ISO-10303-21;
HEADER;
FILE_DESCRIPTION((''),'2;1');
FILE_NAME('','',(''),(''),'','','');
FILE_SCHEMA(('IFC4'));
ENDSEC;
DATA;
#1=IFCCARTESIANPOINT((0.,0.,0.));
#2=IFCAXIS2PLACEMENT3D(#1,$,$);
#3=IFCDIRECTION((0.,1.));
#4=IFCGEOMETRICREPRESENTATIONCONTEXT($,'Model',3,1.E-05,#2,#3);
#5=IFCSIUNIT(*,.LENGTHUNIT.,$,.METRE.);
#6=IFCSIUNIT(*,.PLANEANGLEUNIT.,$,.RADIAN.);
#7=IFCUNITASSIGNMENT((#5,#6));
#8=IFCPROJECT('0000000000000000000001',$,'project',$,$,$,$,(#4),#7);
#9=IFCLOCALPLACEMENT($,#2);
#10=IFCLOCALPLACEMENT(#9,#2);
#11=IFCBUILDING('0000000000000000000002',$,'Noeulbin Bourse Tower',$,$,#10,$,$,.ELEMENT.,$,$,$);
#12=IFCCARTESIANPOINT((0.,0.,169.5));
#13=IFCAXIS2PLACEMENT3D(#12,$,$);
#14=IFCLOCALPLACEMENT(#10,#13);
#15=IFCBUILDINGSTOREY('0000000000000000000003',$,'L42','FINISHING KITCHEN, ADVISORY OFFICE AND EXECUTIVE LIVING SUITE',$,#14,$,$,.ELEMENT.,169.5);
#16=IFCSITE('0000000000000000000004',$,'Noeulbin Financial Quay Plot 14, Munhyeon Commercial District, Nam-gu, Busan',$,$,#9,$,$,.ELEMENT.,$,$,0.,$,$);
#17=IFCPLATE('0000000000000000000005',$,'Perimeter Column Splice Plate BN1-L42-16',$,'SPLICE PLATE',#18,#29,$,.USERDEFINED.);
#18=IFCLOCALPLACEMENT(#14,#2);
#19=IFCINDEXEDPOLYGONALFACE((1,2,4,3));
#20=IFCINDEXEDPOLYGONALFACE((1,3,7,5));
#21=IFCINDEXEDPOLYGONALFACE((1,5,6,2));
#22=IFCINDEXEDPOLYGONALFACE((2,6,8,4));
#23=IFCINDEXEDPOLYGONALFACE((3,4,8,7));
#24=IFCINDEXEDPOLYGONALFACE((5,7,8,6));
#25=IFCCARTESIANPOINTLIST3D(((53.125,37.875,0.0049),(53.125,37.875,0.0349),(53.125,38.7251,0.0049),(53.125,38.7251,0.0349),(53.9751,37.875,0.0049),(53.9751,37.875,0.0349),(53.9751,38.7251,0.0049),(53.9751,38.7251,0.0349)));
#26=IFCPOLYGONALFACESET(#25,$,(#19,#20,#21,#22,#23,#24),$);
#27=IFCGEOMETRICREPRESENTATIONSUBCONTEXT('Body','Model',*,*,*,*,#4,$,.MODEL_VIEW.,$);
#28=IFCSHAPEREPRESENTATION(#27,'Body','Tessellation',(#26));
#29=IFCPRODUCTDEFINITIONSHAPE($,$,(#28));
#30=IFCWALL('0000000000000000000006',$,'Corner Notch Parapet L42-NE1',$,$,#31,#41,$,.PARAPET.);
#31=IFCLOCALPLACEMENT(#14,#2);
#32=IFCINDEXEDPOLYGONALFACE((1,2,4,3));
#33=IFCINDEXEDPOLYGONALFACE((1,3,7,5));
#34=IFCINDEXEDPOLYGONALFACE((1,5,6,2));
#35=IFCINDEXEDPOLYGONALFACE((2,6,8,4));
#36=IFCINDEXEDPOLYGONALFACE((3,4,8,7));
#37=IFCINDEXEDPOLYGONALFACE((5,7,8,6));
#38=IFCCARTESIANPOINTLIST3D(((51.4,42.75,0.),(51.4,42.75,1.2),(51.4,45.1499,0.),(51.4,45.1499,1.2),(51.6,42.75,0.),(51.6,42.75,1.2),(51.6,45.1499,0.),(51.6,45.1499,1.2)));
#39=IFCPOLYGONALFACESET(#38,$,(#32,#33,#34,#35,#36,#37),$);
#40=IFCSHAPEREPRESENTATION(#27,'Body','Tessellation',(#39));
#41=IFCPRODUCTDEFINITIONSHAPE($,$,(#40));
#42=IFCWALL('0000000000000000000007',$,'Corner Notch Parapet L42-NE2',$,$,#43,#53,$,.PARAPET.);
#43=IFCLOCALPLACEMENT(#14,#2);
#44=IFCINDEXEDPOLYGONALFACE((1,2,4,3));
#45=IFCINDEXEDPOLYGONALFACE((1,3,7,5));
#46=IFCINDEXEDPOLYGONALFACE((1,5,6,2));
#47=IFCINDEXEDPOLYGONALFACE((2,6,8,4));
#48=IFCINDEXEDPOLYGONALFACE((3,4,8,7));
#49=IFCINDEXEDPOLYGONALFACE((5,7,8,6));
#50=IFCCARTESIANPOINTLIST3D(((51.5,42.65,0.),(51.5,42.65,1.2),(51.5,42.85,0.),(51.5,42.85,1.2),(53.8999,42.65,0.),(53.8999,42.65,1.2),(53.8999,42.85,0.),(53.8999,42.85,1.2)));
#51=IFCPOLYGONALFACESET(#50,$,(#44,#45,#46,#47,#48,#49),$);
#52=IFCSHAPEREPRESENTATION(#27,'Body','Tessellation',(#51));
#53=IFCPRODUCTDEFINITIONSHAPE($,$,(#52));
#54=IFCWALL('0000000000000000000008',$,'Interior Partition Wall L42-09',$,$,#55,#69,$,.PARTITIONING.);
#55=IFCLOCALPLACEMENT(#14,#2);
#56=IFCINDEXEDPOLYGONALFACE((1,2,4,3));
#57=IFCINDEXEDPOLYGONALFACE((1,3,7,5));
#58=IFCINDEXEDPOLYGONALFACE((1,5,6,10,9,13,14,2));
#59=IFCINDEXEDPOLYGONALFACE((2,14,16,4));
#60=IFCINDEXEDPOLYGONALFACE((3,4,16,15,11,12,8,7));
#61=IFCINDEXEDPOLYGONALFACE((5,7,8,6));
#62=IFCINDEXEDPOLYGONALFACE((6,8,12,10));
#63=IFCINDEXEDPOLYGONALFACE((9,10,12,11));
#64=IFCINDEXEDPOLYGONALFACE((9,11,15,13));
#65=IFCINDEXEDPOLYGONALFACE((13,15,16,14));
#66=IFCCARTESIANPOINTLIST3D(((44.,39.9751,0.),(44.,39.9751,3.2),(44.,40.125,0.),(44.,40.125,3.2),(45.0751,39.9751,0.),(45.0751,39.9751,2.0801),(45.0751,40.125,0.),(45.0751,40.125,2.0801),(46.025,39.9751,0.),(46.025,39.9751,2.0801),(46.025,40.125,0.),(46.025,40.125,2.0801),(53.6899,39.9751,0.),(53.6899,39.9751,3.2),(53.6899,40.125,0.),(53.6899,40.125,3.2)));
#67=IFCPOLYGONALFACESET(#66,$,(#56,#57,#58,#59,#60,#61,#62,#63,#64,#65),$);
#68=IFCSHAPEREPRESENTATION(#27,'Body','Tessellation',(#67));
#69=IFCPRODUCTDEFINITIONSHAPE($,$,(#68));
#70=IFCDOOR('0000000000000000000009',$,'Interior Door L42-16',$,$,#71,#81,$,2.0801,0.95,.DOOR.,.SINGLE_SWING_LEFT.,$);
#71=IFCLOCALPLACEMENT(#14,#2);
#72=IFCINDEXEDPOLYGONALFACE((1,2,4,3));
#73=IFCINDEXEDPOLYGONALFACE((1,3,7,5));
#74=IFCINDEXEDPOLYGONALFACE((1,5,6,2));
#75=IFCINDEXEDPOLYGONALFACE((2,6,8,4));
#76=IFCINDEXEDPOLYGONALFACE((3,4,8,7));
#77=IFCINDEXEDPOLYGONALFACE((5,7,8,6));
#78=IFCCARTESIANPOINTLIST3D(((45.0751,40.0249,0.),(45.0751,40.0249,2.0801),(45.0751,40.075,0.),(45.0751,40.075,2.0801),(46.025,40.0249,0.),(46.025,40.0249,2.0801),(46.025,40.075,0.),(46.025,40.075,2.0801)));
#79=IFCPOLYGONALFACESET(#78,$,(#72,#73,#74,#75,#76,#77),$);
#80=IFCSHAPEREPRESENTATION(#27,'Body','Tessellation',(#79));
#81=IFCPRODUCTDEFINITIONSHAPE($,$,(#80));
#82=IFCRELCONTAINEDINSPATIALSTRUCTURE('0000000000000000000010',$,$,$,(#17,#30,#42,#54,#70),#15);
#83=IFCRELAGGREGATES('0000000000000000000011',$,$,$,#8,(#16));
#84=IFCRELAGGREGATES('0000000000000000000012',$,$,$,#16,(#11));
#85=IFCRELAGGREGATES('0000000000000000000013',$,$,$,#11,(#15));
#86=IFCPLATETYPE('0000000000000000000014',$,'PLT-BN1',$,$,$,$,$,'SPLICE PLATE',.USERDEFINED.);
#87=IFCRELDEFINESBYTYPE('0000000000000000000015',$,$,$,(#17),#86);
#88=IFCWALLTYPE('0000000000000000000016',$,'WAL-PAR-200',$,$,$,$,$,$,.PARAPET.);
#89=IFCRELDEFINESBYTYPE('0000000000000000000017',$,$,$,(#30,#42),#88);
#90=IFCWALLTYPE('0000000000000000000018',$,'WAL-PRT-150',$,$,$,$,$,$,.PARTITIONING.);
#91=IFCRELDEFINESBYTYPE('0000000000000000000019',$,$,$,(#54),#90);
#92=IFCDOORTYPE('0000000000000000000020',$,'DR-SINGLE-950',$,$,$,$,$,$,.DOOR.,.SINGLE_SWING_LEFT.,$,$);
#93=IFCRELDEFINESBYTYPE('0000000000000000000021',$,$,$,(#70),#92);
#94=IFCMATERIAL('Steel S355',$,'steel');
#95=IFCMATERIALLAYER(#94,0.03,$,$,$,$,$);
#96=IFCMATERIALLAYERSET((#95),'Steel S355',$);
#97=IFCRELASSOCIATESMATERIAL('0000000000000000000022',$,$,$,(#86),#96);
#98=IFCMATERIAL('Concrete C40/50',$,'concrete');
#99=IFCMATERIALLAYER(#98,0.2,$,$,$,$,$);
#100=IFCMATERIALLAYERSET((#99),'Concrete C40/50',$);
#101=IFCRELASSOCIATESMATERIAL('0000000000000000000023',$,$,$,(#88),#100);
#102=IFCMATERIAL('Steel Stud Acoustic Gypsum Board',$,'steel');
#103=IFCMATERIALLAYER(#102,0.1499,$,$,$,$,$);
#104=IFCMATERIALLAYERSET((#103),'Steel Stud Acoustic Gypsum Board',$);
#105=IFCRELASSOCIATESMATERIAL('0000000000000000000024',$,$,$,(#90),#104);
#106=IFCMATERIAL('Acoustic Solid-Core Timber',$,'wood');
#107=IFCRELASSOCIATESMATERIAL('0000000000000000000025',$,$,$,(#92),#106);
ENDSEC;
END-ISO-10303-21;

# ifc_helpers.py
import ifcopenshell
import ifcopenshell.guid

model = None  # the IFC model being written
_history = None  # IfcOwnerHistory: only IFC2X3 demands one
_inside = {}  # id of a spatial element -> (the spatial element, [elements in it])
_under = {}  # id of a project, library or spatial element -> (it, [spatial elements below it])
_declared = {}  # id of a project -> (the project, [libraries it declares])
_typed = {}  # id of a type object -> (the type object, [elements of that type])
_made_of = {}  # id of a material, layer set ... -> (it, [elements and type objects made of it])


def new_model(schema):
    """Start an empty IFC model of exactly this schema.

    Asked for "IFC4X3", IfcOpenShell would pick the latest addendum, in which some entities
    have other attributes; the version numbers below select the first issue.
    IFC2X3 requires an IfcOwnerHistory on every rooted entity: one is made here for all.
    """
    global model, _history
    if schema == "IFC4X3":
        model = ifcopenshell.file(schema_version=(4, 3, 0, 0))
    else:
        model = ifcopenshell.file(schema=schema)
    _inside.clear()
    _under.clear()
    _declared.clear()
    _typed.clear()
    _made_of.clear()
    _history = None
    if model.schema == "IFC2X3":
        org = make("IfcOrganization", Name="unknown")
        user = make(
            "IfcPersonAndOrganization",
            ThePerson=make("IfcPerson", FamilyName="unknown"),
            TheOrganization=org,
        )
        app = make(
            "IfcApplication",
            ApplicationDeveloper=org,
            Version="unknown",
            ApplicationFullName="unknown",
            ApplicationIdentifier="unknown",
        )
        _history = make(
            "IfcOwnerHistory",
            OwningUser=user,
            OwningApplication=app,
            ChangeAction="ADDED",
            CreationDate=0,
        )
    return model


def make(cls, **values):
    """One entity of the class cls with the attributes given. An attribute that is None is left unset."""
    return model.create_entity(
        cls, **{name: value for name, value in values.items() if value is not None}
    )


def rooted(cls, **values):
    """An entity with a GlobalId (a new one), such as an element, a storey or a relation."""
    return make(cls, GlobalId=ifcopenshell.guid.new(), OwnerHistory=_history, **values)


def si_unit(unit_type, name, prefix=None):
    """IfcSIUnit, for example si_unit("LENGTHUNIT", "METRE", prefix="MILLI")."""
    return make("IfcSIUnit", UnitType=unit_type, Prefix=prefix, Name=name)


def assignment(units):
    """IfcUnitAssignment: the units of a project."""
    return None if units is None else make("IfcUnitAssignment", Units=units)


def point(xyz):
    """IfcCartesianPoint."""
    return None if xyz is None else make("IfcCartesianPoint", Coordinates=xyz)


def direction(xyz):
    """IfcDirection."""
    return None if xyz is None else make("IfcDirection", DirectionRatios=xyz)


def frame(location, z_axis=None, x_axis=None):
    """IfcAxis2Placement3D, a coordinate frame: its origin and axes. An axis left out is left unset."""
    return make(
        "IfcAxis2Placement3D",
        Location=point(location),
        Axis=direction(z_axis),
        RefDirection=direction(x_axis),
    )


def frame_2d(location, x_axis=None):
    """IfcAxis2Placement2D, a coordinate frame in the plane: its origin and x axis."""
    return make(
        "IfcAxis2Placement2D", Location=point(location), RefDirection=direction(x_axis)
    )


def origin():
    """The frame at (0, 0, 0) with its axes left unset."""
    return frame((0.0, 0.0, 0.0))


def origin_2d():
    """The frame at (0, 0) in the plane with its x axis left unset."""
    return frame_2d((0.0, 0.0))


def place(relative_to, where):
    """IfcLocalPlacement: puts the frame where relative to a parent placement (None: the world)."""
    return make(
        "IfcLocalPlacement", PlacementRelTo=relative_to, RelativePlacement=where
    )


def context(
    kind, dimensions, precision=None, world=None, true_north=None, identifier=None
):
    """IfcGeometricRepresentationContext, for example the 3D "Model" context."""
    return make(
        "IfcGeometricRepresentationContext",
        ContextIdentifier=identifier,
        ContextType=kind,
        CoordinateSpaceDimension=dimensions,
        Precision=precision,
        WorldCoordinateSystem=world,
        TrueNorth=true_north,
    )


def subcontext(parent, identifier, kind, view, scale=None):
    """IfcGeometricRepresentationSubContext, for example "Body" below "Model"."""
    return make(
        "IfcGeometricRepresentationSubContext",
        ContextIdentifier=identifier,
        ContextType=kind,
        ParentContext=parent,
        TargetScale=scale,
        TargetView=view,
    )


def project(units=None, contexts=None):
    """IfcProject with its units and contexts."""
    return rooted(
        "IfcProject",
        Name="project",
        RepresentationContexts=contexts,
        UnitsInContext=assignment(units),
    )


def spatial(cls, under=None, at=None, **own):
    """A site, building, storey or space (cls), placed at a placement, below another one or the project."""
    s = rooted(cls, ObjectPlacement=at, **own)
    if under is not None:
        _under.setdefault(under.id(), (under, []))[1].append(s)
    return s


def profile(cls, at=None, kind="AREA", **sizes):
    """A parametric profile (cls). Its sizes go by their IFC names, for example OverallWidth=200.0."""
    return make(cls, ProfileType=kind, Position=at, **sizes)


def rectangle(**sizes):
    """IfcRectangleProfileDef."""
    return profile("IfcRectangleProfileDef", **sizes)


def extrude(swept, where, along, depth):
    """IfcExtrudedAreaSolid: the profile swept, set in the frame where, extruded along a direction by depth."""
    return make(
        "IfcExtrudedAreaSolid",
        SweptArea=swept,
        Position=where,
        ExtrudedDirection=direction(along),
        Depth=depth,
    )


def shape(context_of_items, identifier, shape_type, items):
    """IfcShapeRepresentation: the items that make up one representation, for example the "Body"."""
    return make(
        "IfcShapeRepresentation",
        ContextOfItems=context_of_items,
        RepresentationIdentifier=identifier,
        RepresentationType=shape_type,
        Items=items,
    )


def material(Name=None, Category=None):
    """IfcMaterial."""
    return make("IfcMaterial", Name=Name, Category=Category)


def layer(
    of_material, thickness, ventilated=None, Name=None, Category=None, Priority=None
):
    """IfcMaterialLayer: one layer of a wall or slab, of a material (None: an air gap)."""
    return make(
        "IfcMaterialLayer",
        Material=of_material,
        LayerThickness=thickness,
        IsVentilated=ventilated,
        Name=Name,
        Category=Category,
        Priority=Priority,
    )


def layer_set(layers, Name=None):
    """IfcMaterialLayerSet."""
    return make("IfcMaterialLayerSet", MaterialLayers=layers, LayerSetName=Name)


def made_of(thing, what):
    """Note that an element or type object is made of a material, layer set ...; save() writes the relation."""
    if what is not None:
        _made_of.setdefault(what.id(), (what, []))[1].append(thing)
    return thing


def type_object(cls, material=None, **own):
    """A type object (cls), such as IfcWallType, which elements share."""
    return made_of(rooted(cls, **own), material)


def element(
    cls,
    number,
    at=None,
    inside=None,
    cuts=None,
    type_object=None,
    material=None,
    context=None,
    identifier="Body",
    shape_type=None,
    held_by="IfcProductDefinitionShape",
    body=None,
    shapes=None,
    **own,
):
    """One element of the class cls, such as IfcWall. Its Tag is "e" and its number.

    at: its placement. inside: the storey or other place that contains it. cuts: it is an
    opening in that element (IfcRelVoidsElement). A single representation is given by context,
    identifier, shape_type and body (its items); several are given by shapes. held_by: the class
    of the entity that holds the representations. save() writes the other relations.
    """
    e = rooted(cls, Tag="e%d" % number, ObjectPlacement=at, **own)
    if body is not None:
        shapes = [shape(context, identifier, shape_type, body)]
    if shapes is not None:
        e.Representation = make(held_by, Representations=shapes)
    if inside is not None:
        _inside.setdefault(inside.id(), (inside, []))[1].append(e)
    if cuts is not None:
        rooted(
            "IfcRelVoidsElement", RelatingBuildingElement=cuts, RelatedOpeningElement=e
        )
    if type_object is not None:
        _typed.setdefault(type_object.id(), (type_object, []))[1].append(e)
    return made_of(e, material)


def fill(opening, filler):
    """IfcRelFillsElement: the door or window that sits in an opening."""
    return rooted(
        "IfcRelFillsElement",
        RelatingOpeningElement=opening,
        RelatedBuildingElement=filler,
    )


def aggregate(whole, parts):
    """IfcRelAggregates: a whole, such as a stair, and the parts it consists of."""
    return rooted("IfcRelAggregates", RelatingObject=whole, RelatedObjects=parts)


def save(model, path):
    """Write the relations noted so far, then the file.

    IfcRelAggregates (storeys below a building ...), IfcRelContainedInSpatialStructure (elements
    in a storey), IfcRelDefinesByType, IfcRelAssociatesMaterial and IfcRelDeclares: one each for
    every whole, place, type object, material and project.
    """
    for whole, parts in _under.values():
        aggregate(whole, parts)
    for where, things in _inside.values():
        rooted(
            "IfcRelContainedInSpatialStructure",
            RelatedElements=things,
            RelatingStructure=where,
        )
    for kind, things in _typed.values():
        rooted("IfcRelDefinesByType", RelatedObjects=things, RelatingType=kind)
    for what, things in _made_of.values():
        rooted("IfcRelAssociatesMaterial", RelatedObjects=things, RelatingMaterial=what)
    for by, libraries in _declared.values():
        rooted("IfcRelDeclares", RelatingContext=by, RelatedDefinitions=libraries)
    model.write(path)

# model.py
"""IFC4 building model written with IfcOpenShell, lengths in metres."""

from ifc_helpers import new_model, si_unit, direction, frame, frame_2d, origin, origin_2d, place, context, subcontext, project, spatial, rectangle, extrude, material, layer, layer_set, type_object, element, fill, save


model = new_model("IFC4")

# Units and contexts
model_context = context("Model", 3, precision=1e-05, world=origin(), true_north=direction((0.0, 1.0)))
body_context = subcontext(model_context, "Body", "Model", "MODEL_VIEW")
ifc_project = project(units=[si_unit("LENGTHUNIT", "METRE"), si_unit("PLANEANGLEUNIT", "RADIAN")], contexts=[model_context])

# Site, building, storey
site_placement = place(None, origin())
site = spatial("IfcSite", under=ifc_project, at=site_placement, Name="Noeulbin Financial Quay Plot 14, Munhyeon Commercial District, Nam-gu, Busan", CompositionType="ELEMENT", RefElevation=0.0)
building_placement = place(site_placement, origin())
building = spatial("IfcBuilding", under=site, at=building_placement, Name="Noeulbin Bourse Tower", CompositionType="ELEMENT")
storey_placement = place(building_placement, frame((0.0, 0.0, 169.5)))
storey = spatial("IfcBuildingStorey", under=building, at=storey_placement, Name="L42", Description="FINISHING KITCHEN, ADVISORY OFFICE AND EXECUTIVE LIVING SUITE", CompositionType="ELEMENT", Elevation=169.5)

# Shared definitions
ifc_material_1 = material(Name="Steel S355", Category="steel")

# Plate
ifc_layer_1 = layer(ifc_material_1, 0.03)
ifc_layer_set_1 = layer_set([ifc_layer_1], Name="Steel S355")
plate_type_1 = type_object("IfcPlateType", Name="PLT-BN1", ElementType="SPLICE PLATE", PredefinedType="USERDEFINED", material=ifc_layer_set_1)
for number, where, z_axis, x_axis, name in (
    (1, (53.55, 38.3, 0.0049), (0.0, 0.0, 1.0), (1.0, 0.0, 0.0), "Perimeter Column Splice Plate BN1-L42-16"),
):
    element("IfcPlate", number, at=place(storey_placement, frame(where, z_axis=z_axis, x_axis=x_axis)), inside=storey, type_object=plate_type_1, Name=name, ObjectType="SPLICE PLATE", PredefinedType="USERDEFINED", context=body_context, shape_type="SweptSolid", body=[
        extrude(rectangle(XDim=0.8501, YDim=0.8501, at=origin_2d()), origin(), (0.0, 0.0, 1.0), 0.03),
    ])

# Walls
ifc_material_2 = material(Name="Concrete C40/50", Category="concrete")
ifc_layer_2 = layer(ifc_material_2, 0.2)
ifc_layer_set_2 = layer_set([ifc_layer_2], Name="Concrete C40/50")
wall_type_1 = type_object("IfcWallType", Name="WAL-PAR-200", PredefinedType="PARAPET", material=ifc_layer_set_2)
for number, where, z_axis, x_axis, name in (
    (2, (51.5, 45.1499, 0.0), (0.0, 0.0, 1.0), (0.0, -1.0, 0.0), "Corner Notch Parapet L42-NE1"),
    (3, (51.5, 42.75, 0.0), (0.0, 0.0, 1.0), (1.0, 0.0, 0.0), "Corner Notch Parapet L42-NE2"),
):
    element("IfcWall", number, at=place(storey_placement, frame(where, z_axis=z_axis, x_axis=x_axis)), inside=storey, type_object=wall_type_1, Name=name, PredefinedType="PARAPET", context=body_context, shape_type="SweptSolid", body=[
        extrude(rectangle(XDim=2.3999, YDim=0.2, at=frame_2d((1.2, 0.0))), origin(), (0.0, 0.0, 1.0), 1.2),
    ])

# Wall, opening, door
ifc_material_3 = material(Name="Steel Stud Acoustic Gypsum Board", Category="steel")
ifc_layer_3 = layer(ifc_material_3, 0.1499)
ifc_layer_set_3 = layer_set([ifc_layer_3], Name="Steel Stud Acoustic Gypsum Board")
wall_type_2 = type_object("IfcWallType", Name="WAL-PRT-150", PredefinedType="PARTITIONING", material=ifc_layer_set_3)
wall_placement = place(storey_placement, frame((44.0, 40.05, 0.0), z_axis=(0.0, 0.0, 1.0), x_axis=(1.0, 0.0, 0.0)))
wall = element("IfcWall", 4, at=wall_placement, inside=storey, type_object=wall_type_2, Name="Interior Partition Wall L42-09", PredefinedType="PARTITIONING", context=body_context, shape_type="SweptSolid", body=[
    extrude(rectangle(XDim=9.6899, YDim=0.1499, at=frame_2d((4.845, 0.0))), origin(), (0.0, 0.0, 1.0), 3.2),
])
opening_placement = place(wall_placement, frame((1.075, 0.0, 0.0)))
opening = element("IfcOpeningElement", 5, at=opening_placement, cuts=wall, PredefinedType="OPENING", context=body_context, shape_type="SweptSolid", body=[
    extrude(rectangle(XDim=0.95, YDim=2.0801, at=frame_2d((0.4751, 1.04))), frame((0.0, 0.085, 0.0), z_axis=(0.0, -1.0, 0.0), x_axis=(1.0, 0.0, 0.0)), (0.0, 0.0, 1.0), 0.1699),
])
ifc_material_4 = material(Name="Acoustic Solid-Core Timber", Category="wood")
door_type = type_object("IfcDoorType", Name="DR-SINGLE-950", OperationType="SINGLE_SWING_LEFT", PredefinedType="DOOR", material=ifc_material_4)
door_placement = place(opening_placement, origin())
door = element("IfcDoor", 6, at=door_placement, inside=storey, type_object=door_type, Name="Interior Door L42-16", OperationType="SINGLE_SWING_LEFT", OverallHeight=2.0801, OverallWidth=0.95, PredefinedType="DOOR", context=body_context, shape_type="SweptSolid", body=[
    extrude(rectangle(XDim=0.95, YDim=2.0801, at=frame_2d((0.4751, 1.04))), frame((0.0, 0.0249, 0.0), z_axis=(0.0, -1.0, 0.0), x_axis=(1.0, 0.0, 0.0)), (0.0, 0.0, 1.0), 0.05),
])
fill(opening, door)

save(model, "model.ifc")
